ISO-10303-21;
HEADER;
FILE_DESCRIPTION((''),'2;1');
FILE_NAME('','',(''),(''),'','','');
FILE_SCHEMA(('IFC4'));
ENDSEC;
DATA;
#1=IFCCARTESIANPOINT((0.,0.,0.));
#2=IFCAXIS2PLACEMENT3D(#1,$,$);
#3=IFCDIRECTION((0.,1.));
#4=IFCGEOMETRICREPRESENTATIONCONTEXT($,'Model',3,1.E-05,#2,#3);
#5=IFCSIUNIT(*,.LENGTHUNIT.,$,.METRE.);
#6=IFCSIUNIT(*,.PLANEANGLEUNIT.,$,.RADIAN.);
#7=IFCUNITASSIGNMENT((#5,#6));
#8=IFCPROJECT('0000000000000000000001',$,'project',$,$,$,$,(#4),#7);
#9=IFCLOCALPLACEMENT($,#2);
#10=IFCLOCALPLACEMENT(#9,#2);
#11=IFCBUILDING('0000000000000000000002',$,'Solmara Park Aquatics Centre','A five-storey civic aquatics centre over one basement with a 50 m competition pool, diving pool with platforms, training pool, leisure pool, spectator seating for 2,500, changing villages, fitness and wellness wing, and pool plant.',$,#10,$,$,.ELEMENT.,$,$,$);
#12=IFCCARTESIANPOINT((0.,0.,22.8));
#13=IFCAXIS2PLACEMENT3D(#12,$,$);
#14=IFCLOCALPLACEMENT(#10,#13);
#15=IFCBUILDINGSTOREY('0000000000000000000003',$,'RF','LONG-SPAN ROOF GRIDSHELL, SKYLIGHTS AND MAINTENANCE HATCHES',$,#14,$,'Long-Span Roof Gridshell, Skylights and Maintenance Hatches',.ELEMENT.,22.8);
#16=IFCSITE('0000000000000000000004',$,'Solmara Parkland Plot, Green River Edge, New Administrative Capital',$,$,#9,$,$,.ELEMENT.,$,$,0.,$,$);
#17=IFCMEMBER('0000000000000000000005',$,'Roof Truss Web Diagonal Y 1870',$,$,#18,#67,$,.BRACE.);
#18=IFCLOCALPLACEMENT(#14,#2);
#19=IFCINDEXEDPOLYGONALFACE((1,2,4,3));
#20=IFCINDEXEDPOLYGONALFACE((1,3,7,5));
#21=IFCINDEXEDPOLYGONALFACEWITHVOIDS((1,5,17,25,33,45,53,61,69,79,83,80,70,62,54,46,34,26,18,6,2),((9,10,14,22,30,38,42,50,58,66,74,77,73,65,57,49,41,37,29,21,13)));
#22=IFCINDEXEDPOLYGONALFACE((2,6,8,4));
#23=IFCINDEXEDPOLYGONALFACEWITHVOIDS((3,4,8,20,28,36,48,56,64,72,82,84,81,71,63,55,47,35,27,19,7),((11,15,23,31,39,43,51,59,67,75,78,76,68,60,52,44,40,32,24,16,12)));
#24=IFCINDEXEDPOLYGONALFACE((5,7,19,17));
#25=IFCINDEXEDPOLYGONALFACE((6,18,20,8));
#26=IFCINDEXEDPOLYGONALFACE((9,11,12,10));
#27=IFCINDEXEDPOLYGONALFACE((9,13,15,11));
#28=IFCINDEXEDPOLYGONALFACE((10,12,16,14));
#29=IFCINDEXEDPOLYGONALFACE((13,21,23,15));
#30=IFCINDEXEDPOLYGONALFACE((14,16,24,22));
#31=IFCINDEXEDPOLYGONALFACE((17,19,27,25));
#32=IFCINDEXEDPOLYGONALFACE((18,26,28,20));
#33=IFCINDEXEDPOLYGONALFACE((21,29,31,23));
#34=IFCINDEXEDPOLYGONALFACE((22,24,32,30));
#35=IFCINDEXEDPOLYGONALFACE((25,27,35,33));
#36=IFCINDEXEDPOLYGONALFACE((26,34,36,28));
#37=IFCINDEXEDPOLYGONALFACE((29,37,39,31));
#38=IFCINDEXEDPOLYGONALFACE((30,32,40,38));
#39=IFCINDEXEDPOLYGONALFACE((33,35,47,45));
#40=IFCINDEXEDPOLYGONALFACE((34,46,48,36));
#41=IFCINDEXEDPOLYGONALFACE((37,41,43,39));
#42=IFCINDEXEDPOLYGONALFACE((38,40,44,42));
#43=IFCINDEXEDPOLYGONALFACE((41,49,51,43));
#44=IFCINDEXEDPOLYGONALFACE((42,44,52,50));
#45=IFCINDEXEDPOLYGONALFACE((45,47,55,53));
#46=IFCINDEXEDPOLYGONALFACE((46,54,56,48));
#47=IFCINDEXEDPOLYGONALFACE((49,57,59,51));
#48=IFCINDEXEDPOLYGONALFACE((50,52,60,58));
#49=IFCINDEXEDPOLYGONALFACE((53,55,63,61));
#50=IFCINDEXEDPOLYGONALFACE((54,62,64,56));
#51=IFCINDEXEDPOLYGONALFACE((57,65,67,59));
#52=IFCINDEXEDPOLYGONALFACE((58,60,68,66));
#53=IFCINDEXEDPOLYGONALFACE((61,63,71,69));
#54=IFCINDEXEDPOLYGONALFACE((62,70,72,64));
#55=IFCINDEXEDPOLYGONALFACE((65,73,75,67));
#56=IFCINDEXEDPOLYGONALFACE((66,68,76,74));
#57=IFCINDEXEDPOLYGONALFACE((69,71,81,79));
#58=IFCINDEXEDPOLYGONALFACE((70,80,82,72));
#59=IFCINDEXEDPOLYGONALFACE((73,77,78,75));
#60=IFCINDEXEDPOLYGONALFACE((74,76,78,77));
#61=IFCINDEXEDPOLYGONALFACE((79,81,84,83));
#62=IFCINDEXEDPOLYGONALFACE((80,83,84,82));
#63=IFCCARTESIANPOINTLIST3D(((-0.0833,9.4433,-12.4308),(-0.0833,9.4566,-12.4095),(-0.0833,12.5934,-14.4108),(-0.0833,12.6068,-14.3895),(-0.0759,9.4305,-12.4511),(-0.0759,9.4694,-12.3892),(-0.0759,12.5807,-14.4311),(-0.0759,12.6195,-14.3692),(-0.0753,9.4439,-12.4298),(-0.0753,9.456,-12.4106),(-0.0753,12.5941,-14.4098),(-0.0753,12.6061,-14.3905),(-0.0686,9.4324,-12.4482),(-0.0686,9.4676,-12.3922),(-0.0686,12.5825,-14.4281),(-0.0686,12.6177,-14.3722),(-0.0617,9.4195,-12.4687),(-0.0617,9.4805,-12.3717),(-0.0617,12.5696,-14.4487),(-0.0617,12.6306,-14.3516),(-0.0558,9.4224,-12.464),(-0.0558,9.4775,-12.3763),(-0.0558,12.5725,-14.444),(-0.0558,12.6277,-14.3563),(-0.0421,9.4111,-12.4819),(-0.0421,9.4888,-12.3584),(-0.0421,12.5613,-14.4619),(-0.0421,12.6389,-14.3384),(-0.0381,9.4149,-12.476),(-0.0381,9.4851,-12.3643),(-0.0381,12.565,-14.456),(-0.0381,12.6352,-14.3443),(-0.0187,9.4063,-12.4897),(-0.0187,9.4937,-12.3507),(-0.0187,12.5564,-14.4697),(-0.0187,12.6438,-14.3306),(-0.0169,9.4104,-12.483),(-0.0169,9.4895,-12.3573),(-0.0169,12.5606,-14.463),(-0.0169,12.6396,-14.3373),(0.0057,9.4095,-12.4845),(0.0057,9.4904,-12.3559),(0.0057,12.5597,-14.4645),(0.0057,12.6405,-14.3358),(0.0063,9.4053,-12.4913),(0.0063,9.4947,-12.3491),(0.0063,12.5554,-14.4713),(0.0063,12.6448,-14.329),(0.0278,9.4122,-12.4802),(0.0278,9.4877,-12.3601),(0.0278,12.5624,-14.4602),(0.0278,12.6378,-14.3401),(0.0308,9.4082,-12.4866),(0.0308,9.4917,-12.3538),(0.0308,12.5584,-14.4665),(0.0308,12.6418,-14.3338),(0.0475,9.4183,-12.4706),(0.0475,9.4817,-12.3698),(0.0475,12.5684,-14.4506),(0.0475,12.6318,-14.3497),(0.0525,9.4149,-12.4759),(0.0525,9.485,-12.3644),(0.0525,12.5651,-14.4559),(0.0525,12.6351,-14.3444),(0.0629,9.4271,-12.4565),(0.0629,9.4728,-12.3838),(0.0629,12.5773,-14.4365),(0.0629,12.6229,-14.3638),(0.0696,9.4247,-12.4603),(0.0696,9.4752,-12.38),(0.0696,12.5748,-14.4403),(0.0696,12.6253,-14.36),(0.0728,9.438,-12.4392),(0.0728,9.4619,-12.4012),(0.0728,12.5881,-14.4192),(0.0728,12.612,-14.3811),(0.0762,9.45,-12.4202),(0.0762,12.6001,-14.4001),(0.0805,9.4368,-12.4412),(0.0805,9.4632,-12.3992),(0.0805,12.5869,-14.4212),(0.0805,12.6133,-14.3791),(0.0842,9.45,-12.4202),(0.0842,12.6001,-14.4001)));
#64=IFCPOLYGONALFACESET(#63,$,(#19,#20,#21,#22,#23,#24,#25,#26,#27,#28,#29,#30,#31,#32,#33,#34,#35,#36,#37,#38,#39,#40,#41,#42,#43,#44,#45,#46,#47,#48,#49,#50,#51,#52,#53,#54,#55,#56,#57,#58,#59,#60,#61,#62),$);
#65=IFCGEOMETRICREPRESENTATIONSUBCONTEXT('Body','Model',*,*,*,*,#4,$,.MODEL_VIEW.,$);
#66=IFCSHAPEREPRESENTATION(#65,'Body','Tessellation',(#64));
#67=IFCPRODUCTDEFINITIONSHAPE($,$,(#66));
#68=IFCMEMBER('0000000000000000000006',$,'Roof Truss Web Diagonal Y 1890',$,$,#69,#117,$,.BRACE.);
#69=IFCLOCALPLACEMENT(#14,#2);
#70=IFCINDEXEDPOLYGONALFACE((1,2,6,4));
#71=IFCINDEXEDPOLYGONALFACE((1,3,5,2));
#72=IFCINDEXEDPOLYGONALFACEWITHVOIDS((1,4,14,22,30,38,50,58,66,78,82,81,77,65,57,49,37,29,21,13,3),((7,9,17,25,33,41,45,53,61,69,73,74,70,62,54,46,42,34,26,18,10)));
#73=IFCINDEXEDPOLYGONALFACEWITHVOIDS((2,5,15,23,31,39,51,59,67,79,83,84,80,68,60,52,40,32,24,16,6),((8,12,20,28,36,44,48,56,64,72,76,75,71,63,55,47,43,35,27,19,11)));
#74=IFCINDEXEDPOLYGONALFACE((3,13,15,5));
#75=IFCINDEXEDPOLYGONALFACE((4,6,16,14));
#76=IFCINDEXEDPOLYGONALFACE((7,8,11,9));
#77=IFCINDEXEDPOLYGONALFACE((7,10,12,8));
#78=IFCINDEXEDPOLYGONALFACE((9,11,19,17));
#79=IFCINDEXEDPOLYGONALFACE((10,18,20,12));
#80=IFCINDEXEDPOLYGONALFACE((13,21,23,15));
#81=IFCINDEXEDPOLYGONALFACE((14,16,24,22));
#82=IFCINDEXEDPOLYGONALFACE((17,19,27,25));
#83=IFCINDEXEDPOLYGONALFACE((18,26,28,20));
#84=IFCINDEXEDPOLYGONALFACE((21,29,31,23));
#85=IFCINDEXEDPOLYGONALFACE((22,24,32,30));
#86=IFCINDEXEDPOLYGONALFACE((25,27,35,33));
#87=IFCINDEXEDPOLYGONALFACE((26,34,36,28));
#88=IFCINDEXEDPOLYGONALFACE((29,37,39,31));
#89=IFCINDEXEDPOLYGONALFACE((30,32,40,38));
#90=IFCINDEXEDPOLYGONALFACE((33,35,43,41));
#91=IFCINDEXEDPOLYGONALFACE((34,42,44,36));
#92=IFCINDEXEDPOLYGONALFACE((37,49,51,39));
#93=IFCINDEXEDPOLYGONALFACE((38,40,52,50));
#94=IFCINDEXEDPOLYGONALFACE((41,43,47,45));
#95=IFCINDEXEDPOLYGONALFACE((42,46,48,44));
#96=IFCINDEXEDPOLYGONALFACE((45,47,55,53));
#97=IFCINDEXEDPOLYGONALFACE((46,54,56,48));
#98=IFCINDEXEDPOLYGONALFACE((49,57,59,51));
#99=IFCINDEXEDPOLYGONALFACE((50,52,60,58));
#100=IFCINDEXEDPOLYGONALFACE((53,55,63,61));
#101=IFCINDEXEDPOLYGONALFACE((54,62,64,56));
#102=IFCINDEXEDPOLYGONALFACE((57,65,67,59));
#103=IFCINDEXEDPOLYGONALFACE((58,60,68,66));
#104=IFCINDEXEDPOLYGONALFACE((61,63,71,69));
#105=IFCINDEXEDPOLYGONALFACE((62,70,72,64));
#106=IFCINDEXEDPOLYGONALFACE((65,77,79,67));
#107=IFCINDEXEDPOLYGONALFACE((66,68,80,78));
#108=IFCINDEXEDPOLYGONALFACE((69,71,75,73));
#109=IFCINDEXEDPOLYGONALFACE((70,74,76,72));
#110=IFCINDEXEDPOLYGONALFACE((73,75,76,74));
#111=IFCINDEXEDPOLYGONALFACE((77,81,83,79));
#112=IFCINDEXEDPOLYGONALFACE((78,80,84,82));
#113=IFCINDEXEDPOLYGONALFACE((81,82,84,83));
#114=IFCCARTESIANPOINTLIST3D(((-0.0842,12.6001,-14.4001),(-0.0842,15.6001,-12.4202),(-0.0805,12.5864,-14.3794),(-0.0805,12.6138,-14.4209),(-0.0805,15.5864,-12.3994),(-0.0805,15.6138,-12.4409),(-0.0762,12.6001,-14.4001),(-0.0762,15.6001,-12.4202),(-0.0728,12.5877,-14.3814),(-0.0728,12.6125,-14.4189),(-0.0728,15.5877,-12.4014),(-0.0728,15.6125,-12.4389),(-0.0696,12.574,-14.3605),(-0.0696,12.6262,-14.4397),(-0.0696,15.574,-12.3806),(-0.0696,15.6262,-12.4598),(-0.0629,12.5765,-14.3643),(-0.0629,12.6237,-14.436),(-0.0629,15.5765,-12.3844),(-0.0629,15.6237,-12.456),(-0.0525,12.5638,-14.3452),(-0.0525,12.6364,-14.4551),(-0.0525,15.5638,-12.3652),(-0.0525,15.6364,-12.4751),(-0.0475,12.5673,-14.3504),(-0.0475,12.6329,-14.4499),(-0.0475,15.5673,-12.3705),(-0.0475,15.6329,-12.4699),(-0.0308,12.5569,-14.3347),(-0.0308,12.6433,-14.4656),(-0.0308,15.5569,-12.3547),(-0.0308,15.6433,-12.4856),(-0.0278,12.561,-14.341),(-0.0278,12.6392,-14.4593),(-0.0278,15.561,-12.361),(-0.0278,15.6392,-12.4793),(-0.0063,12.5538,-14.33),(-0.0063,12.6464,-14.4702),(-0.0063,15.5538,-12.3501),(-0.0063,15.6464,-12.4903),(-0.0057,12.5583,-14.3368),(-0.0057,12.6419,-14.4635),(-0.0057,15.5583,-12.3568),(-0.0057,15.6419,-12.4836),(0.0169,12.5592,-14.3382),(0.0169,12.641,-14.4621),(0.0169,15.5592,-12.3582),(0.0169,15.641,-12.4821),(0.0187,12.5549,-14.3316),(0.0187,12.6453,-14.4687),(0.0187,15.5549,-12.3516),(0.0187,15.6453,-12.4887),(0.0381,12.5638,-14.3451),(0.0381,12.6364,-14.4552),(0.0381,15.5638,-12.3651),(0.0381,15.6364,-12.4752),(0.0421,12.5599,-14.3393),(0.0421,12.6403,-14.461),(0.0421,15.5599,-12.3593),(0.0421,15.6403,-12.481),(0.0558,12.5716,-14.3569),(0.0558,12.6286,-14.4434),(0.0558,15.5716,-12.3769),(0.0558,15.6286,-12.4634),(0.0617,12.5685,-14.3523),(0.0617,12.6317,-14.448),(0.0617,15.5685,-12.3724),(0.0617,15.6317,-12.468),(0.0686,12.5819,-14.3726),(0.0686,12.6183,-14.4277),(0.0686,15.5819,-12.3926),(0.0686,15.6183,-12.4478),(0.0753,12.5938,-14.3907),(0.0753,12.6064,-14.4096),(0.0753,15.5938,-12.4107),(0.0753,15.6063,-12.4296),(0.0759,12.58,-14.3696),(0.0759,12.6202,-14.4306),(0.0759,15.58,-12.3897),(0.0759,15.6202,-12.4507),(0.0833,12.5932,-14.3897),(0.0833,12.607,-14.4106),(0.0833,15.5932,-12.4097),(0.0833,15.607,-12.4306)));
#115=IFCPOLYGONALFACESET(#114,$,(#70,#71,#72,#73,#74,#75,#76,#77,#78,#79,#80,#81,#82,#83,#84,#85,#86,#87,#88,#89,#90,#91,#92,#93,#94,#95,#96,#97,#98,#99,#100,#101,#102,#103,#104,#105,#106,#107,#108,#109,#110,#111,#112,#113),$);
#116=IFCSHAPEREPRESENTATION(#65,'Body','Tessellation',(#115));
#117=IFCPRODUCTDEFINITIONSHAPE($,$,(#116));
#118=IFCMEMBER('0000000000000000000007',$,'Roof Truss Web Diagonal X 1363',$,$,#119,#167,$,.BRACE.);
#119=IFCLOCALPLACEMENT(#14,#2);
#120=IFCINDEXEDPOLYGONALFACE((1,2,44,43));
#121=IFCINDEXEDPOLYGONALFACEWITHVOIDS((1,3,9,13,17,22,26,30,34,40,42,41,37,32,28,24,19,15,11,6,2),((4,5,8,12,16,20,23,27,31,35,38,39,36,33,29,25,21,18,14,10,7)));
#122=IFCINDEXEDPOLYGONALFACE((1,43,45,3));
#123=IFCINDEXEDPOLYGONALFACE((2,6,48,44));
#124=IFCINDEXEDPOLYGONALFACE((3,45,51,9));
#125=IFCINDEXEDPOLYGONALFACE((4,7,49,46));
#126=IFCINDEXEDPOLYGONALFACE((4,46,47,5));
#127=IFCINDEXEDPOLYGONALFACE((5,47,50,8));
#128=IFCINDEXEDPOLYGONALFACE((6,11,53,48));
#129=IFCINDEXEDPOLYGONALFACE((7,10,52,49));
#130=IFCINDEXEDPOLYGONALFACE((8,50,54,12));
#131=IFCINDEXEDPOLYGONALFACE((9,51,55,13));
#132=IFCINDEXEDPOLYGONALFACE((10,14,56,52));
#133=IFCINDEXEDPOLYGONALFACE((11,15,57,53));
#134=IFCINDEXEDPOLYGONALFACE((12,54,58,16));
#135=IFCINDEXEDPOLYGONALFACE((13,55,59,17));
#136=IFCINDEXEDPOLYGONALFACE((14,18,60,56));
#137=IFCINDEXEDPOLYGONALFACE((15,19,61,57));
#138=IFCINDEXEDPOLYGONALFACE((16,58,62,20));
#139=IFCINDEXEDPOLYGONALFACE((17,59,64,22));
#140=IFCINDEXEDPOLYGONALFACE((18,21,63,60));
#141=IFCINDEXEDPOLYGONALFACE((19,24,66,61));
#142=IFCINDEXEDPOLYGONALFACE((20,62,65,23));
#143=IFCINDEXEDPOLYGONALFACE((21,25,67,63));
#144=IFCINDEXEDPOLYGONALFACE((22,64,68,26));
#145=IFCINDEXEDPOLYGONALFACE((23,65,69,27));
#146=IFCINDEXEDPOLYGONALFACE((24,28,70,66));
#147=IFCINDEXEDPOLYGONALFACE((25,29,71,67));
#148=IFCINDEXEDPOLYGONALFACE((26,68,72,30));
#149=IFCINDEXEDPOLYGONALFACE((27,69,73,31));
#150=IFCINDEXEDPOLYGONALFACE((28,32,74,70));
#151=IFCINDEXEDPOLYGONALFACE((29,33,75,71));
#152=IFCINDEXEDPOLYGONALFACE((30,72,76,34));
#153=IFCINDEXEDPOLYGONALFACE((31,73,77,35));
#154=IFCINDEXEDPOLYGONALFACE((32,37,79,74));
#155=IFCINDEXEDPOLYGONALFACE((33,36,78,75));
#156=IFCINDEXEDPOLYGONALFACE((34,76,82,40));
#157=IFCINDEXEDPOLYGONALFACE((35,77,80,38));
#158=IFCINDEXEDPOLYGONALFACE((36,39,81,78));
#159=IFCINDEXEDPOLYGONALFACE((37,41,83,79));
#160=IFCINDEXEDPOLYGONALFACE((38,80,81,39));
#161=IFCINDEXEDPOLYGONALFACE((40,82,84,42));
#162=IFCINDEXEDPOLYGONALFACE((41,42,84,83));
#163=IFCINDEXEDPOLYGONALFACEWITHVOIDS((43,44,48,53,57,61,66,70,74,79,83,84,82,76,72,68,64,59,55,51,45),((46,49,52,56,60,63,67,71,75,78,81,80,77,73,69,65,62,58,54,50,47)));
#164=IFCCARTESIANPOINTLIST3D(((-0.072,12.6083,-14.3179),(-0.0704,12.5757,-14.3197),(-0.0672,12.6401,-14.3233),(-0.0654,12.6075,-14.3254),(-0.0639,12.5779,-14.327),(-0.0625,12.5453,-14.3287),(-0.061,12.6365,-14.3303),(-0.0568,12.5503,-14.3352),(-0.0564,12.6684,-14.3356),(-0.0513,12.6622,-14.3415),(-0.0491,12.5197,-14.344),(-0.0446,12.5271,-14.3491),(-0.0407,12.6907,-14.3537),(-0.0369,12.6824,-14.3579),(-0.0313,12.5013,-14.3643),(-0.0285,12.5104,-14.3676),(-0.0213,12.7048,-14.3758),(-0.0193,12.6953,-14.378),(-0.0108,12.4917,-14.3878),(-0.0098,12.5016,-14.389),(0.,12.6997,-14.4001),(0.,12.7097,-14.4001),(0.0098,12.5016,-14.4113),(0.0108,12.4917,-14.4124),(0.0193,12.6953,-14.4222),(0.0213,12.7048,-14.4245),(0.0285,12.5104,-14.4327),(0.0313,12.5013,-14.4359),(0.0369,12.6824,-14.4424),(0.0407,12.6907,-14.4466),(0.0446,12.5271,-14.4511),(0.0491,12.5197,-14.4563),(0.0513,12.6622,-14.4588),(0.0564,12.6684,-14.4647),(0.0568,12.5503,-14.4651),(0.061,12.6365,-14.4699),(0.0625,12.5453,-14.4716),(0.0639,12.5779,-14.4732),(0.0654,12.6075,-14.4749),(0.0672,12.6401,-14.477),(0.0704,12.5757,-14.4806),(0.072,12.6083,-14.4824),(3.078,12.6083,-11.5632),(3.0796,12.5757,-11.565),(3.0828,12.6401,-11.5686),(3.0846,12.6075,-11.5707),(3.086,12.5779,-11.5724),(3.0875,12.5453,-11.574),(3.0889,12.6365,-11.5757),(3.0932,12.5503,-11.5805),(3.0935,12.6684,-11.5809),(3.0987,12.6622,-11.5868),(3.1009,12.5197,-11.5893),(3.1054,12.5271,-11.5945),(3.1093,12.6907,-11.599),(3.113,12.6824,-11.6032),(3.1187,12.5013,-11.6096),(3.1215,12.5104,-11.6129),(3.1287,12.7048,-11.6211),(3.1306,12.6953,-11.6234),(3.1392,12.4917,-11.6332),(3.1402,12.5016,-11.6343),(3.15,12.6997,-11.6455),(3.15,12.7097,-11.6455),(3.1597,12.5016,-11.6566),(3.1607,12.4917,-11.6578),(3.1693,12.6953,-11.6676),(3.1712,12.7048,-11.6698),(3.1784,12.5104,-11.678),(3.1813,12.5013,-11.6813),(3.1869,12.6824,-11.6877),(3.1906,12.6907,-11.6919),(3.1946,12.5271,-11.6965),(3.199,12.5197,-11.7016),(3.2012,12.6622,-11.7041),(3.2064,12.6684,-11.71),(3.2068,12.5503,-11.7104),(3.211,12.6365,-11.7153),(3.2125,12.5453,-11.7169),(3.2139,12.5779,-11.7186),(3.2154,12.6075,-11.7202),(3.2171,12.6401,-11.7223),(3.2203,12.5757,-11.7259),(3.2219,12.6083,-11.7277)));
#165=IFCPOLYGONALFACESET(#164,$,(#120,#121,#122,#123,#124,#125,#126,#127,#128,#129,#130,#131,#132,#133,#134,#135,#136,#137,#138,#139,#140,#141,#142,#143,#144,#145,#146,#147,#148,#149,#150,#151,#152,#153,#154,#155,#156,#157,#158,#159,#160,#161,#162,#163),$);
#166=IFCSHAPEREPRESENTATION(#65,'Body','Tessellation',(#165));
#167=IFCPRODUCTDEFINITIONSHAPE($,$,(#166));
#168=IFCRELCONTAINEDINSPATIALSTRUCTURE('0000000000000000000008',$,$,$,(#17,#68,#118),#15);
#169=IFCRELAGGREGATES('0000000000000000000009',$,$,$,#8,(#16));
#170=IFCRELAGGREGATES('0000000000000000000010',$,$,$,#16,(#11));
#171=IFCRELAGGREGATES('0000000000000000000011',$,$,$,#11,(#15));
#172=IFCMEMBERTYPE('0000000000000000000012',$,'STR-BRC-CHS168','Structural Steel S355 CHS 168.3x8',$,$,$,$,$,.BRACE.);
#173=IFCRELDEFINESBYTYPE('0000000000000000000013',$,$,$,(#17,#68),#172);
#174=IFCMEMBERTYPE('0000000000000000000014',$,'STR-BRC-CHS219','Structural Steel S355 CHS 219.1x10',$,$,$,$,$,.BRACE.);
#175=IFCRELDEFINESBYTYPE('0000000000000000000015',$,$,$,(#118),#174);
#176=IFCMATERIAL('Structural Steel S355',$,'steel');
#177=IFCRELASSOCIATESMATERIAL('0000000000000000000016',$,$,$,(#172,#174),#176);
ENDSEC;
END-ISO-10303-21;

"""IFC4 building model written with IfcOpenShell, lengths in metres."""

from ifc_helpers import new_model, si_unit, direction, frame, origin, origin_2d, place, context, subcontext, project, spatial, hollow_circle, extrude, material, material_profile, profile_set, type_object, element, save


model = new_model("IFC4")

# Units and contexts
model_context = context("Model", 3, precision=1e-05, world=origin(), true_north=direction((0.0, 1.0)))
body_context = subcontext(model_context, "Body", "Model", "MODEL_VIEW")
ifc_project = project(units=[si_unit("LENGTHUNIT", "METRE"), si_unit("PLANEANGLEUNIT", "RADIAN")], contexts=[model_context])

# Site, building, storey
site_placement = place(None, origin())
site = spatial("IfcSite", under=ifc_project, at=site_placement, Name="Solmara Parkland Plot, Green River Edge, New Administrative Capital", CompositionType="ELEMENT", RefElevation=0.0)
building_placement = place(site_placement, origin())
building = spatial("IfcBuilding", under=site, at=building_placement, Name="Solmara Park Aquatics Centre", Description="A five-storey civic aquatics centre over one basement with a 50 m competition pool, diving pool with platforms, training pool, leisure pool, spectator seating for 2,500, changing villages, fitness and wellness wing, and pool plant.", CompositionType="ELEMENT")
storey_placement = place(building_placement, frame((0.0, 0.0, 22.8)))
storey = spatial("IfcBuildingStorey", under=building, at=storey_placement, Name="RF", Description="LONG-SPAN ROOF GRIDSHELL, SKYLIGHTS AND MAINTENANCE HATCHES", LongName="Long-Span Roof Gridshell, Skylights and Maintenance Hatches", CompositionType="ELEMENT", Elevation=22.8)

# Members
ifc_material_1 = material(Name="Structural Steel S355", Category="steel")
ifc_material_profile_1 = material_profile(ifc_material_1, hollow_circle(Radius=0.0842, WallThickness=0.0081, at=origin_2d()), Name="CHS 168.3x8")
ifc_profile_set_1 = profile_set([ifc_material_profile_1], Name="Structural Steel S355")
member_type_1 = type_object("IfcMemberType", Name="STR-BRC-CHS168", Description="Structural Steel S355 CHS 168.3x8", PredefinedType="BRACE", material=ifc_profile_set_1)
member_1_placement = place(storey_placement, frame((0.0, 12.6001, -14.4001), z_axis=(0.0, -0.84665, 0.53215), x_axis=(1.0, 0.0, 0.0)))
element("IfcMember", 1, at=member_1_placement, inside=storey, type_object=member_type_1, Name="Roof Truss Web Diagonal Y 1870", PredefinedType="BRACE", context=body_context, shape_type="SweptSolid", body=[
    extrude(hollow_circle(Radius=0.0842, WallThickness=0.0081, at=origin_2d()), origin(), (0.0, 0.0, 1.0), 3.7207),
])
member_2_placement = place(storey_placement, frame((0.0, 12.6001, -14.4001), z_axis=(0.0, 0.834612, 0.550838), x_axis=(-1.0, 0.0, 0.0)))
element("IfcMember", 2, at=member_2_placement, inside=storey, type_object=member_type_1, Name="Roof Truss Web Diagonal Y 1890", PredefinedType="BRACE", context=body_context, shape_type="SweptSolid", body=[
    extrude(hollow_circle(Radius=0.0842, WallThickness=0.0081, at=origin_2d()), origin(), (0.0, 0.0, 1.0), 3.5945),
])
ifc_material_profile_2 = material_profile(ifc_material_1, hollow_circle(Radius=0.1096, WallThickness=0.01, at=origin_2d()), Name="CHS 219.1x10")
ifc_profile_set_2 = profile_set([ifc_material_profile_2], Name="Structural Steel S355")
member_type_2 = type_object("IfcMemberType", Name="STR-BRC-CHS219", Description="Structural Steel S355 CHS 219.1x10", PredefinedType="BRACE", material=ifc_profile_set_2)
member_3_placement = place(storey_placement, frame((0.0, 12.6001, -14.4001), z_axis=(0.752757, 0.0, 0.658298), x_axis=(0.0, 1.0, 0.0)))
element("IfcMember", 3, at=member_3_placement, inside=storey, type_object=member_type_2, Name="Roof Truss Web Diagonal X 1363", PredefinedType="BRACE", context=body_context, shape_type="SweptSolid", body=[
    extrude(hollow_circle(Radius=0.1096, WallThickness=0.01, at=origin_2d()), origin(), (0.0, 0.0, 1.0), 4.1846),
])

save(model, "model.ifc")
